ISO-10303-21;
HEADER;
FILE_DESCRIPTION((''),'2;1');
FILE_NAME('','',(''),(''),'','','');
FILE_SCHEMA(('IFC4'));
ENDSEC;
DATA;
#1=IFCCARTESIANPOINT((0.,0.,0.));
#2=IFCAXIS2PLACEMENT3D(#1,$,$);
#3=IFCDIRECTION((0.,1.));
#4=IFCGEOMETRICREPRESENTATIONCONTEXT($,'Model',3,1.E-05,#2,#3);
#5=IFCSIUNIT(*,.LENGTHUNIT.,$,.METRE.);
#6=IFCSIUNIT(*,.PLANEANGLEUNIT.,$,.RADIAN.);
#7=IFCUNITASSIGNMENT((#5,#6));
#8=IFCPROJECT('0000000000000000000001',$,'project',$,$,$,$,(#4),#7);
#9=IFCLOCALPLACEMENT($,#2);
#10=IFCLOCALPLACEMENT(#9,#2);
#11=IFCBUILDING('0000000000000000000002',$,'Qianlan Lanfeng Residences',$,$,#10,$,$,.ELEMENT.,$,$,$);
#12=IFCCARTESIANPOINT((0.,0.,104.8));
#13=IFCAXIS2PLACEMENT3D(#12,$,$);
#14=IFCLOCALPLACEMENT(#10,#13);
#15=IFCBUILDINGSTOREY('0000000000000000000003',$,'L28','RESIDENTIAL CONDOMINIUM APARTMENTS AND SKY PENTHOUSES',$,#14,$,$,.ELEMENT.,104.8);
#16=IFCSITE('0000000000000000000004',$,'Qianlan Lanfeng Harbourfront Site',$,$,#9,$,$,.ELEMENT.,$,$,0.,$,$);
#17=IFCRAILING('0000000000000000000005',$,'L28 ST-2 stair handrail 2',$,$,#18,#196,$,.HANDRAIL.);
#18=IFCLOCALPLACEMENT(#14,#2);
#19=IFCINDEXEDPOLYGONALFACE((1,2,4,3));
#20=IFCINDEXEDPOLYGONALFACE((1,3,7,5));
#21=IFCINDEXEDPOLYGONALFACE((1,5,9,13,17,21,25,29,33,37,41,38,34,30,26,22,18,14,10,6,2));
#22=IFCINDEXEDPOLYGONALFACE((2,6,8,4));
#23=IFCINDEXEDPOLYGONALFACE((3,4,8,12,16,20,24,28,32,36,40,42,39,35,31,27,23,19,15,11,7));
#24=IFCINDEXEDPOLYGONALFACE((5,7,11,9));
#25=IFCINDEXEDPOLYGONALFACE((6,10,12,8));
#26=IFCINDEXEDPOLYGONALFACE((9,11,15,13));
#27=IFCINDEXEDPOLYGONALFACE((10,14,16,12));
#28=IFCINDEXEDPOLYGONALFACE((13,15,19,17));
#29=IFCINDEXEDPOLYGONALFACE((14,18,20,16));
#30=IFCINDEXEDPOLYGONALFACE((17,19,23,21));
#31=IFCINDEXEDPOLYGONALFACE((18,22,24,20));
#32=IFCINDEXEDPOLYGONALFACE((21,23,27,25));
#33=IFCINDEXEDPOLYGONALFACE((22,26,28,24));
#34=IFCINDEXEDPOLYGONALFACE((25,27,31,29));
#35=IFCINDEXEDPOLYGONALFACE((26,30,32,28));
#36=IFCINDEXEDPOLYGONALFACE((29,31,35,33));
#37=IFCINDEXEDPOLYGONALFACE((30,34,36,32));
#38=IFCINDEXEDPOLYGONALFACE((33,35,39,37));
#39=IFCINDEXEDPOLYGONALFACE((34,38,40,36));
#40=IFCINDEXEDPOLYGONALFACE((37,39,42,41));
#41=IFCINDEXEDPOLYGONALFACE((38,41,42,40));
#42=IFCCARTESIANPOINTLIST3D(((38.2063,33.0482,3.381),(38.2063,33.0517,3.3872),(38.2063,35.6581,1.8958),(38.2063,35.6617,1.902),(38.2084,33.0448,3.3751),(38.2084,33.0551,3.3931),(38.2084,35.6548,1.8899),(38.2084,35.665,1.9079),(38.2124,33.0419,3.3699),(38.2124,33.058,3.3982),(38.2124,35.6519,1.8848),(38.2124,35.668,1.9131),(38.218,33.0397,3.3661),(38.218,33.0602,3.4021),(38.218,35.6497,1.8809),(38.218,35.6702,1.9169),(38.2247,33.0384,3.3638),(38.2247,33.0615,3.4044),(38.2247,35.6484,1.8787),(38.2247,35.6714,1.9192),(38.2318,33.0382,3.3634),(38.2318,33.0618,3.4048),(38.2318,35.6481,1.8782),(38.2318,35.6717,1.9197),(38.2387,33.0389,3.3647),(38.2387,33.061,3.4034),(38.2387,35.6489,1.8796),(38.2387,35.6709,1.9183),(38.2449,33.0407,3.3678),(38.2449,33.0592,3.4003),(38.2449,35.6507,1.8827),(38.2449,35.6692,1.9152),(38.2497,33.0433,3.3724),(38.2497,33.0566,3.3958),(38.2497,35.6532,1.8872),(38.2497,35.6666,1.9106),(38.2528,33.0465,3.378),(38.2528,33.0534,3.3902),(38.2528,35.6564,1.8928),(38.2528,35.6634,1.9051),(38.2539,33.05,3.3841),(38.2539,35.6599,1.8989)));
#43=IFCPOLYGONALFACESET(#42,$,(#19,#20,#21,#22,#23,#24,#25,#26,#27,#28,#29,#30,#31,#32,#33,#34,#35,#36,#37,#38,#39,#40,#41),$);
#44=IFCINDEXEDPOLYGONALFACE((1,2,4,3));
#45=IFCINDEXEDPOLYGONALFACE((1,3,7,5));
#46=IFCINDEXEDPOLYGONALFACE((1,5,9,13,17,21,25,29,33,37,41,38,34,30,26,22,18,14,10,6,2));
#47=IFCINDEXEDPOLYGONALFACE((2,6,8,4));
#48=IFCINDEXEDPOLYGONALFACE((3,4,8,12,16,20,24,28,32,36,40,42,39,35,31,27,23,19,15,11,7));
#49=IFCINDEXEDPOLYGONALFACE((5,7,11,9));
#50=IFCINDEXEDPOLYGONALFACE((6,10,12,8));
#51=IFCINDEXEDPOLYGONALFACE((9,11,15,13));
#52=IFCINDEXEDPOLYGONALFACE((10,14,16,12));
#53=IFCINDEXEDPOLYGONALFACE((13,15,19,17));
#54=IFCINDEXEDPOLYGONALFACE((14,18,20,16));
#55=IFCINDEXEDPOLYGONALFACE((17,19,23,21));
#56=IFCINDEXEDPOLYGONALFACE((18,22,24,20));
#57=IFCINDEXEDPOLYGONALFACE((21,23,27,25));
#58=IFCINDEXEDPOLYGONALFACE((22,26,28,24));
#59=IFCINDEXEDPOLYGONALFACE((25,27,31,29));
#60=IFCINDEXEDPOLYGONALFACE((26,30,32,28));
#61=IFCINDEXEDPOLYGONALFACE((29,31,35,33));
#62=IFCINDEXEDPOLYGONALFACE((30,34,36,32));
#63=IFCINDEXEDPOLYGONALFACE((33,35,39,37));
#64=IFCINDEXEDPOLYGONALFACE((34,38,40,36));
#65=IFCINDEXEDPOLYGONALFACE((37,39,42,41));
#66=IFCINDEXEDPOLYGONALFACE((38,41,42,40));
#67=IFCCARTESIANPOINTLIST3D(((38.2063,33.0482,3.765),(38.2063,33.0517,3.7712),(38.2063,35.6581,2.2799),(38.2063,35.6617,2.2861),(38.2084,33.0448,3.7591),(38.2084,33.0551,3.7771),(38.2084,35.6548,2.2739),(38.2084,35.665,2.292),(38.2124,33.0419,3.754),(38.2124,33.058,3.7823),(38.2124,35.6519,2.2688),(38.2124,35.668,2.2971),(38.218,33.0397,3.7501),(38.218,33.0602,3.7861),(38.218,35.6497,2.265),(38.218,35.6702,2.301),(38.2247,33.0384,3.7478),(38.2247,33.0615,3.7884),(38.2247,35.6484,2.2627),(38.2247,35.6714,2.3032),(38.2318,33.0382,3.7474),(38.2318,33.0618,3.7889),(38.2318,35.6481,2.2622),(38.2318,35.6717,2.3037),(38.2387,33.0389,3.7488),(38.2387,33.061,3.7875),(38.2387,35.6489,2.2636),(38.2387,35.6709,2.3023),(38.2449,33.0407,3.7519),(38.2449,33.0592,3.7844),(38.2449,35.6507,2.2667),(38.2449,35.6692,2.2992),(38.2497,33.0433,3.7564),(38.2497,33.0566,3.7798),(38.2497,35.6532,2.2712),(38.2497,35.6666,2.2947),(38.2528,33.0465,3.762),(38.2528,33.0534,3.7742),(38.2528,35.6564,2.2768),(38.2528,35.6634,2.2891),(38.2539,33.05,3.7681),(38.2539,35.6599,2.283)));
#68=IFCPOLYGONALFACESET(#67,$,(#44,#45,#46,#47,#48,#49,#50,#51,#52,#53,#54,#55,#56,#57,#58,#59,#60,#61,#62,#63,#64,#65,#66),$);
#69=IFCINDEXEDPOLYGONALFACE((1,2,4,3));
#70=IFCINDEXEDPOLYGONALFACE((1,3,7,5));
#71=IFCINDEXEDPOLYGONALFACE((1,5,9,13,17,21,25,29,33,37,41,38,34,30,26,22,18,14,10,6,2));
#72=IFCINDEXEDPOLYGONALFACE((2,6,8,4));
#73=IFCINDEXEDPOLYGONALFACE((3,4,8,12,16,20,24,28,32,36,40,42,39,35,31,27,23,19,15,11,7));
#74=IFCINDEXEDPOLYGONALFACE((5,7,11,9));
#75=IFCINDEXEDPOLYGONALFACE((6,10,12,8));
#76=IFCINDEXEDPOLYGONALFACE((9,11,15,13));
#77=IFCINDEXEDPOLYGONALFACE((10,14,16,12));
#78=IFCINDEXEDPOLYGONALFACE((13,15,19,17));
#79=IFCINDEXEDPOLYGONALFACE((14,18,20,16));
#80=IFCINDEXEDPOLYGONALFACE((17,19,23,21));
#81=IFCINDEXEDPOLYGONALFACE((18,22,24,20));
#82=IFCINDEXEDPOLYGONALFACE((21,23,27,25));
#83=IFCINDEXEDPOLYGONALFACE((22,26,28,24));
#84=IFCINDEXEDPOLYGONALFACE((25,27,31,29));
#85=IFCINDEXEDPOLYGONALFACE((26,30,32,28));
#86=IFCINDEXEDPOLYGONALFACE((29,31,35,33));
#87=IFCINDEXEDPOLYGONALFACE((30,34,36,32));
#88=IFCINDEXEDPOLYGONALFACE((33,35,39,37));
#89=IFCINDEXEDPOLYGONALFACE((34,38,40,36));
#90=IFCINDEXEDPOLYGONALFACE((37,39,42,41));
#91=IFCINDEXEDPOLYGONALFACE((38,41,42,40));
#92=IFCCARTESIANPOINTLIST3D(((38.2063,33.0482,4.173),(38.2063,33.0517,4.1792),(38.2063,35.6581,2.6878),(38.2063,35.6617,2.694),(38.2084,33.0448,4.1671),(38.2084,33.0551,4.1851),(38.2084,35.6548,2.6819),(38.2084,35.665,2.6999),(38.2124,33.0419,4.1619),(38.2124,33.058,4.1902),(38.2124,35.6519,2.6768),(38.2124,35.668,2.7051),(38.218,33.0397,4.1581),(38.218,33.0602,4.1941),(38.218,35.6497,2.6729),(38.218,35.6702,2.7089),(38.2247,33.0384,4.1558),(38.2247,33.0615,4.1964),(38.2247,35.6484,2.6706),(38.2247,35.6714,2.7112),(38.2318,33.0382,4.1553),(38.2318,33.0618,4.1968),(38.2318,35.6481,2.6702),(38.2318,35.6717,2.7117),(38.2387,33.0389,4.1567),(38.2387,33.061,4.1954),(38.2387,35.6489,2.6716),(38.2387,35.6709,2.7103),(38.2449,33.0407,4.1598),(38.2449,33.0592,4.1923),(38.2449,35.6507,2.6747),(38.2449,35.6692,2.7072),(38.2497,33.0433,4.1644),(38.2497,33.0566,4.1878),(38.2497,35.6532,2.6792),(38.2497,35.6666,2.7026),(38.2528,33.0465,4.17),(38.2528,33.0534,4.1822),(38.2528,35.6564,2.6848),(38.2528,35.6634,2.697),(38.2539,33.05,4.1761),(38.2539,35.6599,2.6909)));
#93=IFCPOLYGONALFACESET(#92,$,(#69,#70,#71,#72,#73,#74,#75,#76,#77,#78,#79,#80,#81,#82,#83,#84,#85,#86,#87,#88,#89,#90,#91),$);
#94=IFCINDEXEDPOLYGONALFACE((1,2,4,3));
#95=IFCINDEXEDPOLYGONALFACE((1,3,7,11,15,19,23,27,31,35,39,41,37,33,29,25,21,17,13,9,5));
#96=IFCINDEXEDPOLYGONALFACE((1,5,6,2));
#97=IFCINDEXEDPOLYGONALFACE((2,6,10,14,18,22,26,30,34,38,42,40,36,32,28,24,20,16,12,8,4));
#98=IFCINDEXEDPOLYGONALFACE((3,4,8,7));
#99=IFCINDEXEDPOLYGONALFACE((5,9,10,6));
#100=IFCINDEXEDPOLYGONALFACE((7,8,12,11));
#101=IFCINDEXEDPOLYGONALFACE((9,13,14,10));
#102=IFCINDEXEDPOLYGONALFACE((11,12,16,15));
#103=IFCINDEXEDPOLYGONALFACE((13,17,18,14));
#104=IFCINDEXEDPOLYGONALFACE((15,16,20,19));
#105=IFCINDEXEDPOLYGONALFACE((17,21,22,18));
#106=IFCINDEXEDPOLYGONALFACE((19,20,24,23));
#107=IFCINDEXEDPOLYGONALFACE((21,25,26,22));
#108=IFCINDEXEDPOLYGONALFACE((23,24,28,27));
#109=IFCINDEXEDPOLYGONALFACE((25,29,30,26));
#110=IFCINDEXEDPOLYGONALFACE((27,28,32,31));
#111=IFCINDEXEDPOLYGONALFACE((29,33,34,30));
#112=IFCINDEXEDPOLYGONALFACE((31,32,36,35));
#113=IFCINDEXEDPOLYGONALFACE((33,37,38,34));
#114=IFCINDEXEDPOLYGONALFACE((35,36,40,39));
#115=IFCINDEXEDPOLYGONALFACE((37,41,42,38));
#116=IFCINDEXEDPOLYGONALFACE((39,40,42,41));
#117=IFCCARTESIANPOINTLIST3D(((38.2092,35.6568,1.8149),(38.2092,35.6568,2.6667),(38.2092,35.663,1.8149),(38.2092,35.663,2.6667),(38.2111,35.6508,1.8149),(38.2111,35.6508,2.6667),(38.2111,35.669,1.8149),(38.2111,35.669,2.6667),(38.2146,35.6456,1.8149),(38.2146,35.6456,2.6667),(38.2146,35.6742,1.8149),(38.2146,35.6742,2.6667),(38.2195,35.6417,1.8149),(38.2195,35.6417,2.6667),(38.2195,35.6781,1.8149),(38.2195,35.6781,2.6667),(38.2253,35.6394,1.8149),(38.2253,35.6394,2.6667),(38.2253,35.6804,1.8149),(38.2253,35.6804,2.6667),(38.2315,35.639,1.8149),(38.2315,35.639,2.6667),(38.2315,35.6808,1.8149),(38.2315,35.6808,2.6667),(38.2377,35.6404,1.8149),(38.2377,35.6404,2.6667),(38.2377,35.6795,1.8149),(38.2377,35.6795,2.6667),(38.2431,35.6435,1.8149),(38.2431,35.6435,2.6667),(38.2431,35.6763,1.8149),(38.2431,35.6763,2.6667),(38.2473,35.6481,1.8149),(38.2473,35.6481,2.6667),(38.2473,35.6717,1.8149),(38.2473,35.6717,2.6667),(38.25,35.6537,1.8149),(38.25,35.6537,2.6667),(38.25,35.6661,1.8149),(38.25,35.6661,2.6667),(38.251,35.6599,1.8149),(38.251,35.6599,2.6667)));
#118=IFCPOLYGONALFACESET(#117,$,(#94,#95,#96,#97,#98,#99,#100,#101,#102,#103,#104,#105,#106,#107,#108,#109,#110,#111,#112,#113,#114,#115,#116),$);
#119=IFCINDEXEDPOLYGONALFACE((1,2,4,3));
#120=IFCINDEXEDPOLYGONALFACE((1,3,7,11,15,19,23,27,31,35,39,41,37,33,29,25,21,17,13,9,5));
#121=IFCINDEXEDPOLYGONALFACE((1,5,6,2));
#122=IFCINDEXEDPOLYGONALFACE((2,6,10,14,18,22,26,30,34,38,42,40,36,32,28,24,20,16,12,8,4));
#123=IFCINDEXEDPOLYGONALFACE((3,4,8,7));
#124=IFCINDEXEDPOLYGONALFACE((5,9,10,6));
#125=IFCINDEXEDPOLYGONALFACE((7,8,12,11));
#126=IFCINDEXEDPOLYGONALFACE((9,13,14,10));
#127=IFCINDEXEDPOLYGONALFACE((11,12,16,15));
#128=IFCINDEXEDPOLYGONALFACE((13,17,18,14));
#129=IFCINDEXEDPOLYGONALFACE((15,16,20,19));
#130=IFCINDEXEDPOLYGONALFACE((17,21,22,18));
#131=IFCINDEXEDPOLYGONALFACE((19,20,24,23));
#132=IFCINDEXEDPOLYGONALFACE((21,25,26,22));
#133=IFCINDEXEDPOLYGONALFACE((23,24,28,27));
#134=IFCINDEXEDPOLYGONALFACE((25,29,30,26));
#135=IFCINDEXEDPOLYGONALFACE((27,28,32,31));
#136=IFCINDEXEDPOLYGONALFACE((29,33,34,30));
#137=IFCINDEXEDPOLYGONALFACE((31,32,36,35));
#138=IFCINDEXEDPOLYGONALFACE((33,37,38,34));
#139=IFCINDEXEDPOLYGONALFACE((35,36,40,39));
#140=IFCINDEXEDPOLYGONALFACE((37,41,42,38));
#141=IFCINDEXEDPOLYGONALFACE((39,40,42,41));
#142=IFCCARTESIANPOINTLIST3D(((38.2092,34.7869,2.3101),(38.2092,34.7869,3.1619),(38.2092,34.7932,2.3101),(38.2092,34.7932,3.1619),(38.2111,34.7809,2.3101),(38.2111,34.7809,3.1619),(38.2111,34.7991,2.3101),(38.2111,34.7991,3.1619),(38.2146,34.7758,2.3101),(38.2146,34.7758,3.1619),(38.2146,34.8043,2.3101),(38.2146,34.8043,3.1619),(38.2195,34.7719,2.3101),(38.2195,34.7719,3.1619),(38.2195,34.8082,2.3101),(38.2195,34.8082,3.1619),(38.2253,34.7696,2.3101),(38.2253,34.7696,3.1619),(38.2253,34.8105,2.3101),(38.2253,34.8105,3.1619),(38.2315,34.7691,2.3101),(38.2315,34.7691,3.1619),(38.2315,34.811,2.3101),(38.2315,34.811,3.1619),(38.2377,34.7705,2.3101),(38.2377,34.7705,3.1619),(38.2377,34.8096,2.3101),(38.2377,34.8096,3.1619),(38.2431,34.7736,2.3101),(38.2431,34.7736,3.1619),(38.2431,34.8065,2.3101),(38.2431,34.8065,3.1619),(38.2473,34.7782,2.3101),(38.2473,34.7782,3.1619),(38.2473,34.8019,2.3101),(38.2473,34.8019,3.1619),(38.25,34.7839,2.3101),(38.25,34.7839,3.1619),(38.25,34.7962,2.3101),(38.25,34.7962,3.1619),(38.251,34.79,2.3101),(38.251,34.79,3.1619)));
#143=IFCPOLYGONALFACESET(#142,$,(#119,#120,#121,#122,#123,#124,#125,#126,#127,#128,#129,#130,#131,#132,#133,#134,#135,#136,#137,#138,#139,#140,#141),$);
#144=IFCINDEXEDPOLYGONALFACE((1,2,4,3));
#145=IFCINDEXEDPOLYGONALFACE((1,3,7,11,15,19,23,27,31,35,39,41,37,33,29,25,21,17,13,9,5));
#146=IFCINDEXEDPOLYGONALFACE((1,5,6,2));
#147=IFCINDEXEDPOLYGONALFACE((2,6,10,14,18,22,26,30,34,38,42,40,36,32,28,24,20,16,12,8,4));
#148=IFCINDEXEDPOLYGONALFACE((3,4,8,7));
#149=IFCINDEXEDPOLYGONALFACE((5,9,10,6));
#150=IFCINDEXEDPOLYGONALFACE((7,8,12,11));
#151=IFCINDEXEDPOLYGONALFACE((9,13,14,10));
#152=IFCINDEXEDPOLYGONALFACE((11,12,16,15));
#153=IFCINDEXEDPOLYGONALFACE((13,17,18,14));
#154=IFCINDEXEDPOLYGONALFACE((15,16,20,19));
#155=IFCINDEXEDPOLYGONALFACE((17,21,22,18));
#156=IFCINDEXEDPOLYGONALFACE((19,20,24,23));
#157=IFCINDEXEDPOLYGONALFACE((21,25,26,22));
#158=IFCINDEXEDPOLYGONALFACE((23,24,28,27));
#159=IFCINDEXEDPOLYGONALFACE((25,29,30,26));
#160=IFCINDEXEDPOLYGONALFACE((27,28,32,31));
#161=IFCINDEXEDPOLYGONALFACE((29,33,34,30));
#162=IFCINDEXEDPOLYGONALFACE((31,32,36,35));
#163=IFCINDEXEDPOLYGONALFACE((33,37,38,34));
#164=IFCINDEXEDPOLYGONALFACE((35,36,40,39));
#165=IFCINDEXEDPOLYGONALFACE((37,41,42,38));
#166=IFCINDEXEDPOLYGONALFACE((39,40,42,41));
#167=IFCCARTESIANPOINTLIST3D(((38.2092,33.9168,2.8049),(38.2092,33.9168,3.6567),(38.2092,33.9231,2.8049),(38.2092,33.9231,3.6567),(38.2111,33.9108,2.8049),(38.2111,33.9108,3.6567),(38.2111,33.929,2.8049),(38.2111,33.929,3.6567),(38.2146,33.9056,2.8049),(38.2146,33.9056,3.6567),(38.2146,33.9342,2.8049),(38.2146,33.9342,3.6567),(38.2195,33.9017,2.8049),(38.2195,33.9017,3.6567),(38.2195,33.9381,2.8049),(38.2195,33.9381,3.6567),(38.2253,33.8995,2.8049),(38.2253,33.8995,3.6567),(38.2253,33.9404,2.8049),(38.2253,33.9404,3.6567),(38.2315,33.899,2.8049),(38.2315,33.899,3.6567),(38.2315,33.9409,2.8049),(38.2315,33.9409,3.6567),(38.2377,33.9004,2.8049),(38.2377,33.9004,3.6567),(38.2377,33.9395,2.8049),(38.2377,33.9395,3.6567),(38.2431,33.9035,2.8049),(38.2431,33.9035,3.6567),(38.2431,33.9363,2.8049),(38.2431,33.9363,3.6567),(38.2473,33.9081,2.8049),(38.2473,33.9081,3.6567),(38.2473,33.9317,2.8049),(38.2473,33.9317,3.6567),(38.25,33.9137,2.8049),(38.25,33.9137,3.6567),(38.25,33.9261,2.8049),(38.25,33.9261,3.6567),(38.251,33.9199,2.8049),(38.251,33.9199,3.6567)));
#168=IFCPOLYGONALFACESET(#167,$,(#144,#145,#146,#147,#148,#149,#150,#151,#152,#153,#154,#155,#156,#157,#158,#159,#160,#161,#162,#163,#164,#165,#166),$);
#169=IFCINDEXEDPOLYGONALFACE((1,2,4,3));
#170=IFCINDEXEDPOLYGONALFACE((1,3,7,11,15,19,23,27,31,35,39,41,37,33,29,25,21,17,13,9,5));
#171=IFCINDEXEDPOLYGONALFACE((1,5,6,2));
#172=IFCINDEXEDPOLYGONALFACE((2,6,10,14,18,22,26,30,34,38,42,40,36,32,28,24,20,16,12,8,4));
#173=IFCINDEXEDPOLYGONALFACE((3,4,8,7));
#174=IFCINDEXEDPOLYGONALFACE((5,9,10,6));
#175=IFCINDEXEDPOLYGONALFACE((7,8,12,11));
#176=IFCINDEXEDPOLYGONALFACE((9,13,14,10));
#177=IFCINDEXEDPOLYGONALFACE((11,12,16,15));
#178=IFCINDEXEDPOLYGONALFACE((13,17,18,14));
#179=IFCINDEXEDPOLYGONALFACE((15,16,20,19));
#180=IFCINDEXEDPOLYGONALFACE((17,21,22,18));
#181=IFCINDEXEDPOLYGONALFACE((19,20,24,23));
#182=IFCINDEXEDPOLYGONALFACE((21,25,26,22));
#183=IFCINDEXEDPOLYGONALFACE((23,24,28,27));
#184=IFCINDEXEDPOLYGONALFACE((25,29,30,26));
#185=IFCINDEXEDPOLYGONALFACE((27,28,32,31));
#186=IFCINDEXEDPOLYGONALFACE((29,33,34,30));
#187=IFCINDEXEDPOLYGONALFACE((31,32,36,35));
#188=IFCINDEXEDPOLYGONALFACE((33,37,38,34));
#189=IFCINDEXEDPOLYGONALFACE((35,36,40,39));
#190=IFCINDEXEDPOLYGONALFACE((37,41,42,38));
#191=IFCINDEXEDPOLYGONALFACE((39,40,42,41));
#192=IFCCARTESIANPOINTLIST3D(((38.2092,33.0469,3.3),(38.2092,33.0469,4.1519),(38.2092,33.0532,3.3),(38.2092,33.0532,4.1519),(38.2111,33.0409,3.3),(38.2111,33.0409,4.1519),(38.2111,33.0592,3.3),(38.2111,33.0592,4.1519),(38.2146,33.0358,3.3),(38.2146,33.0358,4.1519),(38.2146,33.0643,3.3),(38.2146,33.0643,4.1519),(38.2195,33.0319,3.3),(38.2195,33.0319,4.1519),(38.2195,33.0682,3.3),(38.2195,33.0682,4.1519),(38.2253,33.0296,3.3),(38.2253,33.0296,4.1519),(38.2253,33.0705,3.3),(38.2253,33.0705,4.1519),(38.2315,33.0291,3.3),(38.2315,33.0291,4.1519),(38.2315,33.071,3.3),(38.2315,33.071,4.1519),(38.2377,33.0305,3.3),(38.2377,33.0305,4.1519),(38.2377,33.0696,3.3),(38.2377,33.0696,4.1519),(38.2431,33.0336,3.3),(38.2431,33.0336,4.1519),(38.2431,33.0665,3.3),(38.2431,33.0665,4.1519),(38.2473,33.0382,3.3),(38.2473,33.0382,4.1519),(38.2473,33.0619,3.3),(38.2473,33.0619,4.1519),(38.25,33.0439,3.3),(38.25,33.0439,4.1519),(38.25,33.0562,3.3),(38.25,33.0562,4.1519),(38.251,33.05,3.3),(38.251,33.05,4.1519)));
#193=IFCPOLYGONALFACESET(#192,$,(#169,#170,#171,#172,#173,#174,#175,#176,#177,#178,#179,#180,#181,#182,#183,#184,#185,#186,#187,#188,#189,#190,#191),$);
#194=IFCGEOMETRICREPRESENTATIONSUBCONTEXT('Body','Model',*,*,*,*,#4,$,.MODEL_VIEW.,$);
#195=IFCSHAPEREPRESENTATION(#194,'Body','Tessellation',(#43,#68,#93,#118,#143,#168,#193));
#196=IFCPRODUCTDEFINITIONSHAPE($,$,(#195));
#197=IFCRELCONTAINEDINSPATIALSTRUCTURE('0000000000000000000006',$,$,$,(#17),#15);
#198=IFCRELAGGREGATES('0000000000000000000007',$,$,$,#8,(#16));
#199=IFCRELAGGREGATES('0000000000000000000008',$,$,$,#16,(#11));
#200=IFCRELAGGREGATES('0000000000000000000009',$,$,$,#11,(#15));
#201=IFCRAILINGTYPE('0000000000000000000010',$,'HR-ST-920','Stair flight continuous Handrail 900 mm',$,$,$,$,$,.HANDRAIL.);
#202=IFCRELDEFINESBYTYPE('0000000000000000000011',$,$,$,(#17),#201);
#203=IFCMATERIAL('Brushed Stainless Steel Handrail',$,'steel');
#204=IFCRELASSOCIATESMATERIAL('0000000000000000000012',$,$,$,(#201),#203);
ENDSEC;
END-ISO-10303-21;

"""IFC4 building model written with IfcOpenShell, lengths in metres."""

from ifc_helpers import new_model, si_unit, direction, frame, origin, origin_2d, place, context, subcontext, project, spatial, circle, extrude, material, type_object, element, save


model = new_model("IFC4")

# Units and contexts
model_context = context("Model", 3, precision=1e-05, world=origin(), true_north=direction((0.0, 1.0)))
body_context = subcontext(model_context, "Body", "Model", "MODEL_VIEW")
ifc_project = project(units=[si_unit("LENGTHUNIT", "METRE"), si_unit("PLANEANGLEUNIT", "RADIAN")], contexts=[model_context])

# Site, building, storey
site_placement = place(None, origin())
site = spatial("IfcSite", under=ifc_project, at=site_placement, Name="Qianlan Lanfeng Harbourfront Site", CompositionType="ELEMENT", RefElevation=0.0)
building_placement = place(site_placement, origin())
building = spatial("IfcBuilding", under=site, at=building_placement, Name="Qianlan Lanfeng Residences", CompositionType="ELEMENT")
storey_placement = place(building_placement, frame((0.0, 0.0, 104.8)))
storey = spatial("IfcBuildingStorey", under=building, at=storey_placement, Name="L28", Description="RESIDENTIAL CONDOMINIUM APARTMENTS AND SKY PENTHOUSES", CompositionType="ELEMENT", Elevation=104.8)

# Railing
ifc_material_1 = material(Name="Brushed Stainless Steel Handrail", Category="steel")
railing_type = type_object("IfcRailingType", Name="HR-ST-920", Description="Stair flight continuous Handrail 900 mm", PredefinedType="HANDRAIL", material=ifc_material_1)
railing_placement = place(storey_placement, frame((38.23, 35.6599, 1.8149)))
element("IfcRailing", 1, at=railing_placement, inside=storey, type_object=railing_type, Name="L28 ST-2 stair handrail 2", PredefinedType="HANDRAIL", context=body_context, shape_type="SweptSolid", body=[
    extrude(circle(Radius=0.0239, at=origin_2d()), frame((0.0, 0.0, 0.084), z_axis=(0.0, -0.869137, 0.494571), x_axis=(1.0, 0.0, 0.0)), (0.0, 0.0, 1.0), 3.0029),
    extrude(circle(Radius=0.0239, at=origin_2d()), frame((0.0, 0.0, 0.468), z_axis=(0.0, -0.869137, 0.494571), x_axis=(1.0, 0.0, 0.0)), (0.0, 0.0, 1.0), 3.0029),
    extrude(circle(Radius=0.0239, at=origin_2d()), frame((0.0, 0.0, 0.876), z_axis=(0.0, -0.869137, 0.494571), x_axis=(1.0, 0.0, 0.0)), (0.0, 0.0, 1.0), 3.0029),
    extrude(circle(Radius=0.021, at=origin_2d()), origin(), (0.0, 0.0, 1.0), 0.8518),
    extrude(circle(Radius=0.021, at=origin_2d()), frame((0.0, -0.8699, 0.4951)), (0.0, 0.0, 1.0), 0.8518),
    extrude(circle(Radius=0.021, at=origin_2d()), frame((0.0, -1.74, 0.99)), (0.0, 0.0, 1.0), 0.8518),
    extrude(circle(Radius=0.021, at=origin_2d()), frame((0.0, -2.6099, 1.4851)), (0.0, 0.0, 1.0), 0.8518),
])

save(model, "model.ifc")
